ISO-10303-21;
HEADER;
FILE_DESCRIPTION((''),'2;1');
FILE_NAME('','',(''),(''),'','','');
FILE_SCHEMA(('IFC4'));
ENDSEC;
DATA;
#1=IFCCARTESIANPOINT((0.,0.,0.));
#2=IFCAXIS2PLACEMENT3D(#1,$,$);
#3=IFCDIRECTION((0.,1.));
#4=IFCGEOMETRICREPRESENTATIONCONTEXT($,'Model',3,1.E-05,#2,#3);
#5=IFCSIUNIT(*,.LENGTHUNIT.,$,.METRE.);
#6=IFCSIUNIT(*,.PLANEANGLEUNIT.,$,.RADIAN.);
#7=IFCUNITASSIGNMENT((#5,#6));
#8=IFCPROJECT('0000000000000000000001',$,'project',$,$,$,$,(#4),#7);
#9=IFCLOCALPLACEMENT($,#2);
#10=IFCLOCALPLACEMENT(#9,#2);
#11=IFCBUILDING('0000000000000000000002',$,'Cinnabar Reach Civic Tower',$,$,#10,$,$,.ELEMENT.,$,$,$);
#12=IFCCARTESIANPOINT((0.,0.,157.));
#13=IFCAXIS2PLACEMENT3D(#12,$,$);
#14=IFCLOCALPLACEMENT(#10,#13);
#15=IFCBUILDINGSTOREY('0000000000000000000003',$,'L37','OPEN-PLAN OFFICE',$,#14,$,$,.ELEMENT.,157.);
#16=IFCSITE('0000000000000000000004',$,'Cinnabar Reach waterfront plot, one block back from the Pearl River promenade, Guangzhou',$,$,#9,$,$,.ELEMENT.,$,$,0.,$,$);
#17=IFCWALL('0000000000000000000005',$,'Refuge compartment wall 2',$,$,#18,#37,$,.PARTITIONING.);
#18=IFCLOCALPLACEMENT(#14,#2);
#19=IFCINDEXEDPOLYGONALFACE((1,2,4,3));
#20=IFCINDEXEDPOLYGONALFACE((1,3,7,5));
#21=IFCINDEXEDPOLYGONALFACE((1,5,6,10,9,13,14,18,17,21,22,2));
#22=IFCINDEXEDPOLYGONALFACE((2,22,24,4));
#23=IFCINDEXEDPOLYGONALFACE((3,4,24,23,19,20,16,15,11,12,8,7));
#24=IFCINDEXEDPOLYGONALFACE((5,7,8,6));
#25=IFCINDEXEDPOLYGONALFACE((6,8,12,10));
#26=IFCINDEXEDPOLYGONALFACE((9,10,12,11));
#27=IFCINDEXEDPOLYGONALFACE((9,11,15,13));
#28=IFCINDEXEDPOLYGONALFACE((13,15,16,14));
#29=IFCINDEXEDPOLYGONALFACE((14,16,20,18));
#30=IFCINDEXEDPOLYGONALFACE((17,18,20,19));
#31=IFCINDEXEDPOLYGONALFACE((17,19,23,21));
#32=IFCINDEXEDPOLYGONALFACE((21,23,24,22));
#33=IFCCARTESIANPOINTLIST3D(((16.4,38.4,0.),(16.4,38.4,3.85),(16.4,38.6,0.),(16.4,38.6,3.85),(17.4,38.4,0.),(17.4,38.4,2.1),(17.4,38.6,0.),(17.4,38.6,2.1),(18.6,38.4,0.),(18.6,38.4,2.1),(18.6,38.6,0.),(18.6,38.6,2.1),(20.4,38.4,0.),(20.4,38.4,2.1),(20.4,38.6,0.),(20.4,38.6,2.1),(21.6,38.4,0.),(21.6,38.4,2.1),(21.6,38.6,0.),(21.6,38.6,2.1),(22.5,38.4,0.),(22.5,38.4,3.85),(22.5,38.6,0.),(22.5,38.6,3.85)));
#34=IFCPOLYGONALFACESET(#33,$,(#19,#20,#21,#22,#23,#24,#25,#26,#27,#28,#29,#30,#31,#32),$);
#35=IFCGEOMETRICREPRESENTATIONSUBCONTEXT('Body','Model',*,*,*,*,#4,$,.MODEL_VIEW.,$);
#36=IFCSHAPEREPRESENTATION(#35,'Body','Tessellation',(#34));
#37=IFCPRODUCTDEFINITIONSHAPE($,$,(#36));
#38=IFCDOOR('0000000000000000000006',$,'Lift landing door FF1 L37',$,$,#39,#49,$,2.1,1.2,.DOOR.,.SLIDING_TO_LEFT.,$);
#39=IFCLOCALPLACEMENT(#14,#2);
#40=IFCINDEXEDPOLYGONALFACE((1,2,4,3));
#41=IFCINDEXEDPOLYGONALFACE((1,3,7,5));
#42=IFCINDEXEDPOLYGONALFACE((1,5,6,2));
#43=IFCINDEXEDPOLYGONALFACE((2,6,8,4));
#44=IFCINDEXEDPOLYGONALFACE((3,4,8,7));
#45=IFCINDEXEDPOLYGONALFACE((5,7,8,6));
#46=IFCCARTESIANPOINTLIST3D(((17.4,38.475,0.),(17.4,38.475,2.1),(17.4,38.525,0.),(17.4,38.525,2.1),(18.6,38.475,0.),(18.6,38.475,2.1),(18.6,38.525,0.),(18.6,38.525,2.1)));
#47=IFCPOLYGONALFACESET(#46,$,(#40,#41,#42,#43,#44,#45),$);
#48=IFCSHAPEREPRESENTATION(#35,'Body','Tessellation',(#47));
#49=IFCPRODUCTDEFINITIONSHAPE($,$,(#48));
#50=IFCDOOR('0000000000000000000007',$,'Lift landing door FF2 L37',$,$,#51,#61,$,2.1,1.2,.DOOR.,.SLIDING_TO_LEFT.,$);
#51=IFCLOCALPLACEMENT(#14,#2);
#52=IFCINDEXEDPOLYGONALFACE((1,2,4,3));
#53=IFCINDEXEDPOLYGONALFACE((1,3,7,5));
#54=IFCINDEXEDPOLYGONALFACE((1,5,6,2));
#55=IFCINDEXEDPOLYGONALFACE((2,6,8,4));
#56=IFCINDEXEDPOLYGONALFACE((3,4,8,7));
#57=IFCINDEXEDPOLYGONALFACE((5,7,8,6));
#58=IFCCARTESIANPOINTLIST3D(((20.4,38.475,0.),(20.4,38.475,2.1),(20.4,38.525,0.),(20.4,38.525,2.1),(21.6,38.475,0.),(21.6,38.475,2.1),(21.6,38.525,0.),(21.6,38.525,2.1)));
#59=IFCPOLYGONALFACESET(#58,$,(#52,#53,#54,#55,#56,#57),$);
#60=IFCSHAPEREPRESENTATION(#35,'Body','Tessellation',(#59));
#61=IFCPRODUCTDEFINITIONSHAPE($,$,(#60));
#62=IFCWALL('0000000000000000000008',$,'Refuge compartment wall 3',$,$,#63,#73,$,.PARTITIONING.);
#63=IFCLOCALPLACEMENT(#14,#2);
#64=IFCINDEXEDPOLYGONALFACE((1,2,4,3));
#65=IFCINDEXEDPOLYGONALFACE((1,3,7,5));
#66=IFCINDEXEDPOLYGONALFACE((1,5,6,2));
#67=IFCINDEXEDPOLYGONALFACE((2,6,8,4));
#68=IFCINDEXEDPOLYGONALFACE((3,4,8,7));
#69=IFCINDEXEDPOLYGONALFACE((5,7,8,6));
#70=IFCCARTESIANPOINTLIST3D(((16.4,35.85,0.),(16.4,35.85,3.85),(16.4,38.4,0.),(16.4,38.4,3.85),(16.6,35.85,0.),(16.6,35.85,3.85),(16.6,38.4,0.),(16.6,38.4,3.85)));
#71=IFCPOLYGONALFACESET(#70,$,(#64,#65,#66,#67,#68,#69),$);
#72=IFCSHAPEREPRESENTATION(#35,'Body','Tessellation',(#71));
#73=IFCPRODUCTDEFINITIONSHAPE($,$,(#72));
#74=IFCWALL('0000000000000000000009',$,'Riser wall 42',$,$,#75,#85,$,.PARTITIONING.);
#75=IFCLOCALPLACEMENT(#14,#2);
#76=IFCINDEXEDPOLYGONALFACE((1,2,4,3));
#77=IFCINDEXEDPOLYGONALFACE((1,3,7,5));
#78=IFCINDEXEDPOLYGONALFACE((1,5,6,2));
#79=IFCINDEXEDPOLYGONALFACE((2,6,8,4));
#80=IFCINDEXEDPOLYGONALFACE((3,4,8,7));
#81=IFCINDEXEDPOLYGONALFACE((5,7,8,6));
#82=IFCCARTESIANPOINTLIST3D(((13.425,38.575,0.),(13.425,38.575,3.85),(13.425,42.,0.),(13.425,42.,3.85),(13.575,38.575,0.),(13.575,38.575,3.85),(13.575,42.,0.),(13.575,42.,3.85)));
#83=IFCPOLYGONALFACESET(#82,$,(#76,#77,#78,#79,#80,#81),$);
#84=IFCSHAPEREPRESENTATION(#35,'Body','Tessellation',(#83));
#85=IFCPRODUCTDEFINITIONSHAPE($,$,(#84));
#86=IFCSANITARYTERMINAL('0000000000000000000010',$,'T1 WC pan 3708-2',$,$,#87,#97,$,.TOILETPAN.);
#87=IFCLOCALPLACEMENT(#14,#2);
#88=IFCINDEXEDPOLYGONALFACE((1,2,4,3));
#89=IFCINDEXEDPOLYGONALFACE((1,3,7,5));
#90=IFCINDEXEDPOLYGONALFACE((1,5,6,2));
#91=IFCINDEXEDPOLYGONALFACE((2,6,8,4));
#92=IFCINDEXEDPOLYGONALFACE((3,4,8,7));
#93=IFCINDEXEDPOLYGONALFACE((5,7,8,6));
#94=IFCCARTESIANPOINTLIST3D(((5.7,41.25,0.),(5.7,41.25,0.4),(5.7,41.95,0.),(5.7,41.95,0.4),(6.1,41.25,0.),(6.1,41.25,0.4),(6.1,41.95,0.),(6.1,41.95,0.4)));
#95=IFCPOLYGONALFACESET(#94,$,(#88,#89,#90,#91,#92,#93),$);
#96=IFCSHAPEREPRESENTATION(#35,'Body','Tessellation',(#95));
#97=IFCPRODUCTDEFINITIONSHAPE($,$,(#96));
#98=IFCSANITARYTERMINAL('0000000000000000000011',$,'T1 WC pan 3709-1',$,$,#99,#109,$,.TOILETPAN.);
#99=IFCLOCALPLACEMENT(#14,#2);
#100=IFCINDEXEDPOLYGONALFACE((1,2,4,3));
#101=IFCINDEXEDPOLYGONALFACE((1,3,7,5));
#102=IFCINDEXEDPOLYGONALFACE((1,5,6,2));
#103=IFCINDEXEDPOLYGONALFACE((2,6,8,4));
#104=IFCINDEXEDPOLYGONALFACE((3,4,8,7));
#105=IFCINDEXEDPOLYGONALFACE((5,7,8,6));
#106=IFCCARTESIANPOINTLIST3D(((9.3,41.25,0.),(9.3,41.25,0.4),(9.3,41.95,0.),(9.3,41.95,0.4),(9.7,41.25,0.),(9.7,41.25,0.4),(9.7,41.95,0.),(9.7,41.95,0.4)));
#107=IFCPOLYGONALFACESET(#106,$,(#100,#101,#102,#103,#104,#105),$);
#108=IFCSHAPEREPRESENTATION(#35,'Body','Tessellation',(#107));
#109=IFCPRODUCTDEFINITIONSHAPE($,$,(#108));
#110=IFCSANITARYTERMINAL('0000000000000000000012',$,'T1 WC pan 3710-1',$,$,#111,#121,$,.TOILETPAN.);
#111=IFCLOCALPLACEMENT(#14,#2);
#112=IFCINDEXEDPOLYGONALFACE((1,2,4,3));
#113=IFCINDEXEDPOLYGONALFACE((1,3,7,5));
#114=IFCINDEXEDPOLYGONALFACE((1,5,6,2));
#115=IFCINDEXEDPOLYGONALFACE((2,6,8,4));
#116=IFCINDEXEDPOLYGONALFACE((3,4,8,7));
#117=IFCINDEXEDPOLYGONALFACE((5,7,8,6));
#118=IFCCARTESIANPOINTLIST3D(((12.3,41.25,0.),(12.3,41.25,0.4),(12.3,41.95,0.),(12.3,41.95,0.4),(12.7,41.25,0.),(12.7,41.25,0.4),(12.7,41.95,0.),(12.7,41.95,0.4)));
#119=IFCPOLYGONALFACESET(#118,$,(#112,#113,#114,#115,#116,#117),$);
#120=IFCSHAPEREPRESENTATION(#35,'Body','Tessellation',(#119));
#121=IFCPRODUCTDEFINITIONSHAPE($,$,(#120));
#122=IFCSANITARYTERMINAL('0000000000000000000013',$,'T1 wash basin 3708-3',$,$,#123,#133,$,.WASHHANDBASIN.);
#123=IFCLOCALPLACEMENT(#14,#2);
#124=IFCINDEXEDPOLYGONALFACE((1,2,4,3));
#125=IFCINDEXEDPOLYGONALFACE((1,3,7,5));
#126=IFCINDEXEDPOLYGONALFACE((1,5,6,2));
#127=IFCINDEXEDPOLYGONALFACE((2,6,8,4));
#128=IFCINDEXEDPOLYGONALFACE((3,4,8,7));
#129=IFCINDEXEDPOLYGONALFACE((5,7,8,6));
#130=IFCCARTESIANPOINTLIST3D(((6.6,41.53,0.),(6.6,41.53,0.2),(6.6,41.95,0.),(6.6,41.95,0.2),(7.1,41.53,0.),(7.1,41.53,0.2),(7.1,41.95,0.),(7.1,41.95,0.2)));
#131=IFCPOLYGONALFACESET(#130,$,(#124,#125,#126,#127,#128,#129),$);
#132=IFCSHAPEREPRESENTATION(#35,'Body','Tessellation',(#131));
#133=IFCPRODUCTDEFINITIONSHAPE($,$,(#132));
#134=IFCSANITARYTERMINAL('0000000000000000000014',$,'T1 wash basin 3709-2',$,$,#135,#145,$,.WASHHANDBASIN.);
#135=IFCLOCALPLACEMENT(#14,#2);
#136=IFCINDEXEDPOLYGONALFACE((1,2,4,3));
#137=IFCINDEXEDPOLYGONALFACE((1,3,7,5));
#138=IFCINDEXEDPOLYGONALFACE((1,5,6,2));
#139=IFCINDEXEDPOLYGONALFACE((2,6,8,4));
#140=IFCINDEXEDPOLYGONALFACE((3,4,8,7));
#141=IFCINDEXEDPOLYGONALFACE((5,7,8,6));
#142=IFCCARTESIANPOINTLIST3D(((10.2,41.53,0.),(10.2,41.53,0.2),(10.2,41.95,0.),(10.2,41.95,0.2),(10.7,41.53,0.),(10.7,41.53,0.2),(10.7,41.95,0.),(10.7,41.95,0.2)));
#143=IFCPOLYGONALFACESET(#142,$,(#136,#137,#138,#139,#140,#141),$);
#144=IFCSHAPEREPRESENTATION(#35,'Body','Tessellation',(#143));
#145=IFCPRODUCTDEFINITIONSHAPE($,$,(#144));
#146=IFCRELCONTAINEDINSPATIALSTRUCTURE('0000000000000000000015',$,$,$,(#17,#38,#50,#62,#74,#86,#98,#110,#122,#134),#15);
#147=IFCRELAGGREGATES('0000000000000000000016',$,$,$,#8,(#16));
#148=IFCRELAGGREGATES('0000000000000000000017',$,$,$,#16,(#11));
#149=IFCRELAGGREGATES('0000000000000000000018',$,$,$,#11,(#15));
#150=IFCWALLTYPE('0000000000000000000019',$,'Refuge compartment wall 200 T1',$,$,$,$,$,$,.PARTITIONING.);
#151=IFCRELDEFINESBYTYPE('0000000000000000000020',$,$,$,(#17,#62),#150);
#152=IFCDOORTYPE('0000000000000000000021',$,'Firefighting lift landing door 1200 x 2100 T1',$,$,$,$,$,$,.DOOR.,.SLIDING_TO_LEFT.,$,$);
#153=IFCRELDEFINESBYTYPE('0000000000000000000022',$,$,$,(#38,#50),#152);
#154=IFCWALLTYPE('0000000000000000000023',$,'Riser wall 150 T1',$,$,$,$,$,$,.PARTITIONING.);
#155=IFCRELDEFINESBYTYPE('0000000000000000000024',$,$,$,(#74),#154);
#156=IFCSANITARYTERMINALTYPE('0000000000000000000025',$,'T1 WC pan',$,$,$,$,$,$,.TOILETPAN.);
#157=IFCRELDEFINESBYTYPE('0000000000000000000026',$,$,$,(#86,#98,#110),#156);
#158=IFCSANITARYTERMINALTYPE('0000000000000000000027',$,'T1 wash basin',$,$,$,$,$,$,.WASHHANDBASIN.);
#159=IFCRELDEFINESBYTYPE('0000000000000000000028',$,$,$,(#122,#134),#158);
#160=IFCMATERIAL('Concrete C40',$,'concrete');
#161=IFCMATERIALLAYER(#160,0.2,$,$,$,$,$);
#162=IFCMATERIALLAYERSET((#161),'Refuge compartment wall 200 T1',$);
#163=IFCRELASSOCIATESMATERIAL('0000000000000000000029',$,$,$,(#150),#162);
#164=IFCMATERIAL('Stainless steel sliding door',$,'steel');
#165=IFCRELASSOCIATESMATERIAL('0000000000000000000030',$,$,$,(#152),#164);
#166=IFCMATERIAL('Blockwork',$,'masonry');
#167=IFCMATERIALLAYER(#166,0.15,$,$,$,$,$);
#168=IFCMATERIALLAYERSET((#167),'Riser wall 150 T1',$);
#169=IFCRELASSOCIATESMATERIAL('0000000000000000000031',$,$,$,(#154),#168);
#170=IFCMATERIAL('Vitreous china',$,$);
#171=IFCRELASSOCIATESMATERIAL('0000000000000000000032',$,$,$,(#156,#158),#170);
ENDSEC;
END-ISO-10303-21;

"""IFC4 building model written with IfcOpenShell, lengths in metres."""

from ifc_helpers import new_model, si_unit, direction, frame, frame_2d, origin, origin_2d, place, context, subcontext, project, spatial, rectangle, extrude, material, layer, layer_set, type_object, element, fill, save


model = new_model("IFC4")

# Units and contexts
model_context = context("Model", 3, precision=1e-05, world=origin(), true_north=direction((0.0, 1.0)))
body_context = subcontext(model_context, "Body", "Model", "MODEL_VIEW")
ifc_project = project(units=[si_unit("LENGTHUNIT", "METRE"), si_unit("PLANEANGLEUNIT", "RADIAN")], contexts=[model_context])

# Site, building, storey
site_placement = place(None, origin())
site = spatial("IfcSite", under=ifc_project, at=site_placement, Name="Cinnabar Reach waterfront plot, one block back from the Pearl River promenade, Guangzhou", CompositionType="ELEMENT", RefElevation=0.0)
building_placement = place(site_placement, origin())
building = spatial("IfcBuilding", under=site, at=building_placement, Name="Cinnabar Reach Civic Tower", CompositionType="ELEMENT")
storey_placement = place(building_placement, frame((0.0, 0.0, 157.0)))
storey = spatial("IfcBuildingStorey", under=building, at=storey_placement, Name="L37", Description="OPEN-PLAN OFFICE", CompositionType="ELEMENT", Elevation=157.0)

# Shared definitions
ifc_material_1 = material(Name="Blockwork", Category="masonry")
ifc_material_2 = material(Name="Stainless steel sliding door", Category="steel")

# Shared definitions
ifc_material_3 = material(Name="Concrete C40", Category="concrete")
ifc_layer_1 = layer(ifc_material_3, 0.2)
ifc_layer_set_1 = layer_set([ifc_layer_1], Name="Refuge compartment wall 200 T1")
wall_type_1 = type_object("IfcWallType", Name="Refuge compartment wall 200 T1", PredefinedType="PARTITIONING", material=ifc_layer_set_1)

# Wall, openings, doors
wall_1_placement = place(storey_placement, frame((16.4, 38.5, 0.0), z_axis=(0.0, 0.0, 1.0), x_axis=(1.0, 0.0, 0.0)))
wall_1 = element("IfcWall", 1, at=wall_1_placement, inside=storey, type_object=wall_type_1, Name="Refuge compartment wall 2", PredefinedType="PARTITIONING", context=body_context, shape_type="SweptSolid", body=[
    extrude(rectangle(XDim=6.1, YDim=0.2, at=frame_2d((3.05, 0.0))), origin(), (0.0, 0.0, 1.0), 3.85),
])
opening_1_placement = place(wall_1_placement, frame((1.0, 0.0, 0.0)))
opening_1 = element("IfcOpeningElement", 2, at=opening_1_placement, cuts=wall_1, PredefinedType="OPENING", context=body_context, shape_type="SweptSolid", body=[
    extrude(rectangle(XDim=1.2, YDim=2.1, at=frame_2d((0.6, 1.05))), frame((0.0, 0.11, 0.0), z_axis=(0.0, -1.0, 0.0), x_axis=(1.0, 0.0, 0.0)), (0.0, 0.0, 1.0), 0.22),
])
opening_2_placement = place(wall_1_placement, frame((4.0, 0.0, 0.0)))
opening_2 = element("IfcOpeningElement", 3, at=opening_2_placement, cuts=wall_1, PredefinedType="OPENING", context=body_context, shape_type="SweptSolid", body=[
    extrude(rectangle(XDim=1.2, YDim=2.1, at=frame_2d((0.6, 1.05))), frame((0.0, 0.11, 0.0), z_axis=(0.0, -1.0, 0.0), x_axis=(1.0, 0.0, 0.0)), (0.0, 0.0, 1.0), 0.22),
])
door_type_1 = type_object("IfcDoorType", Name="Firefighting lift landing door 1200 x 2100 T1", OperationType="SLIDING_TO_LEFT", PredefinedType="DOOR", material=ifc_material_2)
door_1_placement = place(opening_1_placement, origin())
door_1 = element("IfcDoor", 4, at=door_1_placement, inside=storey, type_object=door_type_1, Name="Lift landing door FF1 L37", OperationType="SLIDING_TO_LEFT", OverallHeight=2.1, OverallWidth=1.2, PredefinedType="DOOR", context=body_context, shape_type="SweptSolid", body=[
    extrude(rectangle(XDim=1.2, YDim=2.1, at=frame_2d((0.6, 1.05))), frame((0.0, 0.025, 0.0), z_axis=(0.0, -1.0, 0.0), x_axis=(1.0, 0.0, 0.0)), (0.0, 0.0, 1.0), 0.05),
])
fill(opening_1, door_1)
door_2_placement = place(opening_2_placement, origin())
door_2 = element("IfcDoor", 5, at=door_2_placement, inside=storey, type_object=door_type_1, Name="Lift landing door FF2 L37", OperationType="SLIDING_TO_LEFT", OverallHeight=2.1, OverallWidth=1.2, PredefinedType="DOOR", context=body_context, shape_type="SweptSolid", body=[
    extrude(rectangle(XDim=1.2, YDim=2.1, at=frame_2d((0.6, 1.05))), frame((0.0, 0.025, 0.0), z_axis=(0.0, -1.0, 0.0), x_axis=(1.0, 0.0, 0.0)), (0.0, 0.0, 1.0), 0.05),
])
fill(opening_2, door_2)

# Walls
wall_2_placement = place(storey_placement, frame((16.5, 35.85, 0.0), z_axis=(0.0, 0.0, 1.0), x_axis=(0.0, 1.0, 0.0)))
element("IfcWall", 6, at=wall_2_placement, inside=storey, type_object=wall_type_1, Name="Refuge compartment wall 3", PredefinedType="PARTITIONING", context=body_context, shape_type="SweptSolid", body=[
    extrude(rectangle(XDim=2.55, YDim=0.2, at=frame_2d((1.275, 0.0))), origin(), (0.0, 0.0, 1.0), 3.85),
])
ifc_layer_2 = layer(ifc_material_1, 0.15)
ifc_layer_set_2 = layer_set([ifc_layer_2], Name="Riser wall 150 T1")
wall_type_2 = type_object("IfcWallType", Name="Riser wall 150 T1", PredefinedType="PARTITIONING", material=ifc_layer_set_2)
wall_3_placement = place(storey_placement, frame((13.5, 38.575, 0.0), z_axis=(0.0, 0.0, 1.0), x_axis=(0.0, 1.0, 0.0)))
element("IfcWall", 7, at=wall_3_placement, inside=storey, type_object=wall_type_2, Name="Riser wall 42", PredefinedType="PARTITIONING", context=body_context, shape_type="SweptSolid", body=[
    extrude(rectangle(XDim=3.425, YDim=0.15, at=frame_2d((1.7125, 0.0))), origin(), (0.0, 0.0, 1.0), 3.85),
])

# Sanitary terminals
ifc_material_4 = material(Name="Vitreous china")
sanitary_terminal_type_1 = type_object("IfcSanitaryTerminalType", Name="T1 WC pan", PredefinedType="TOILETPAN", material=ifc_material_4)
for number, where, z_axis, x_axis, name in (
    (8, (5.9, 41.6, 0.0), (0.0, 0.0, 1.0), (1.0, 0.0, 0.0), "T1 WC pan 3708-2"),
    (9, (9.5, 41.6, 0.0), (0.0, 0.0, 1.0), (1.0, 0.0, 0.0), "T1 WC pan 3709-1"),
    (10, (12.5, 41.6, 0.0), (0.0, 0.0, 1.0), (1.0, 0.0, 0.0), "T1 WC pan 3710-1"),
):
    element("IfcSanitaryTerminal", number, at=place(storey_placement, frame(where, z_axis=z_axis, x_axis=x_axis)), inside=storey, type_object=sanitary_terminal_type_1, Name=name, PredefinedType="TOILETPAN", context=body_context, shape_type="SweptSolid", body=[
        extrude(rectangle(XDim=0.4, YDim=0.7, at=origin_2d()), origin(), (0.0, 0.0, 1.0), 0.4),
    ])
sanitary_terminal_type_2 = type_object("IfcSanitaryTerminalType", Name="T1 wash basin", PredefinedType="WASHHANDBASIN", material=ifc_material_4)
for number, where, z_axis, x_axis, name in (
    (11, (6.85, 41.74, 0.0), (0.0, 0.0, 1.0), (1.0, 0.0, 0.0), "T1 wash basin 3708-3"),
    (12, (10.45, 41.74, 0.0), (0.0, 0.0, 1.0), (1.0, 0.0, 0.0), "T1 wash basin 3709-2"),
):
    element("IfcSanitaryTerminal", number, at=place(storey_placement, frame(where, z_axis=z_axis, x_axis=x_axis)), inside=storey, type_object=sanitary_terminal_type_2, Name=name, PredefinedType="WASHHANDBASIN", context=body_context, shape_type="SweptSolid", body=[
        extrude(rectangle(XDim=0.5, YDim=0.42, at=origin_2d()), origin(), (0.0, 0.0, 1.0), 0.2),
    ])

save(model, "model.ifc")
